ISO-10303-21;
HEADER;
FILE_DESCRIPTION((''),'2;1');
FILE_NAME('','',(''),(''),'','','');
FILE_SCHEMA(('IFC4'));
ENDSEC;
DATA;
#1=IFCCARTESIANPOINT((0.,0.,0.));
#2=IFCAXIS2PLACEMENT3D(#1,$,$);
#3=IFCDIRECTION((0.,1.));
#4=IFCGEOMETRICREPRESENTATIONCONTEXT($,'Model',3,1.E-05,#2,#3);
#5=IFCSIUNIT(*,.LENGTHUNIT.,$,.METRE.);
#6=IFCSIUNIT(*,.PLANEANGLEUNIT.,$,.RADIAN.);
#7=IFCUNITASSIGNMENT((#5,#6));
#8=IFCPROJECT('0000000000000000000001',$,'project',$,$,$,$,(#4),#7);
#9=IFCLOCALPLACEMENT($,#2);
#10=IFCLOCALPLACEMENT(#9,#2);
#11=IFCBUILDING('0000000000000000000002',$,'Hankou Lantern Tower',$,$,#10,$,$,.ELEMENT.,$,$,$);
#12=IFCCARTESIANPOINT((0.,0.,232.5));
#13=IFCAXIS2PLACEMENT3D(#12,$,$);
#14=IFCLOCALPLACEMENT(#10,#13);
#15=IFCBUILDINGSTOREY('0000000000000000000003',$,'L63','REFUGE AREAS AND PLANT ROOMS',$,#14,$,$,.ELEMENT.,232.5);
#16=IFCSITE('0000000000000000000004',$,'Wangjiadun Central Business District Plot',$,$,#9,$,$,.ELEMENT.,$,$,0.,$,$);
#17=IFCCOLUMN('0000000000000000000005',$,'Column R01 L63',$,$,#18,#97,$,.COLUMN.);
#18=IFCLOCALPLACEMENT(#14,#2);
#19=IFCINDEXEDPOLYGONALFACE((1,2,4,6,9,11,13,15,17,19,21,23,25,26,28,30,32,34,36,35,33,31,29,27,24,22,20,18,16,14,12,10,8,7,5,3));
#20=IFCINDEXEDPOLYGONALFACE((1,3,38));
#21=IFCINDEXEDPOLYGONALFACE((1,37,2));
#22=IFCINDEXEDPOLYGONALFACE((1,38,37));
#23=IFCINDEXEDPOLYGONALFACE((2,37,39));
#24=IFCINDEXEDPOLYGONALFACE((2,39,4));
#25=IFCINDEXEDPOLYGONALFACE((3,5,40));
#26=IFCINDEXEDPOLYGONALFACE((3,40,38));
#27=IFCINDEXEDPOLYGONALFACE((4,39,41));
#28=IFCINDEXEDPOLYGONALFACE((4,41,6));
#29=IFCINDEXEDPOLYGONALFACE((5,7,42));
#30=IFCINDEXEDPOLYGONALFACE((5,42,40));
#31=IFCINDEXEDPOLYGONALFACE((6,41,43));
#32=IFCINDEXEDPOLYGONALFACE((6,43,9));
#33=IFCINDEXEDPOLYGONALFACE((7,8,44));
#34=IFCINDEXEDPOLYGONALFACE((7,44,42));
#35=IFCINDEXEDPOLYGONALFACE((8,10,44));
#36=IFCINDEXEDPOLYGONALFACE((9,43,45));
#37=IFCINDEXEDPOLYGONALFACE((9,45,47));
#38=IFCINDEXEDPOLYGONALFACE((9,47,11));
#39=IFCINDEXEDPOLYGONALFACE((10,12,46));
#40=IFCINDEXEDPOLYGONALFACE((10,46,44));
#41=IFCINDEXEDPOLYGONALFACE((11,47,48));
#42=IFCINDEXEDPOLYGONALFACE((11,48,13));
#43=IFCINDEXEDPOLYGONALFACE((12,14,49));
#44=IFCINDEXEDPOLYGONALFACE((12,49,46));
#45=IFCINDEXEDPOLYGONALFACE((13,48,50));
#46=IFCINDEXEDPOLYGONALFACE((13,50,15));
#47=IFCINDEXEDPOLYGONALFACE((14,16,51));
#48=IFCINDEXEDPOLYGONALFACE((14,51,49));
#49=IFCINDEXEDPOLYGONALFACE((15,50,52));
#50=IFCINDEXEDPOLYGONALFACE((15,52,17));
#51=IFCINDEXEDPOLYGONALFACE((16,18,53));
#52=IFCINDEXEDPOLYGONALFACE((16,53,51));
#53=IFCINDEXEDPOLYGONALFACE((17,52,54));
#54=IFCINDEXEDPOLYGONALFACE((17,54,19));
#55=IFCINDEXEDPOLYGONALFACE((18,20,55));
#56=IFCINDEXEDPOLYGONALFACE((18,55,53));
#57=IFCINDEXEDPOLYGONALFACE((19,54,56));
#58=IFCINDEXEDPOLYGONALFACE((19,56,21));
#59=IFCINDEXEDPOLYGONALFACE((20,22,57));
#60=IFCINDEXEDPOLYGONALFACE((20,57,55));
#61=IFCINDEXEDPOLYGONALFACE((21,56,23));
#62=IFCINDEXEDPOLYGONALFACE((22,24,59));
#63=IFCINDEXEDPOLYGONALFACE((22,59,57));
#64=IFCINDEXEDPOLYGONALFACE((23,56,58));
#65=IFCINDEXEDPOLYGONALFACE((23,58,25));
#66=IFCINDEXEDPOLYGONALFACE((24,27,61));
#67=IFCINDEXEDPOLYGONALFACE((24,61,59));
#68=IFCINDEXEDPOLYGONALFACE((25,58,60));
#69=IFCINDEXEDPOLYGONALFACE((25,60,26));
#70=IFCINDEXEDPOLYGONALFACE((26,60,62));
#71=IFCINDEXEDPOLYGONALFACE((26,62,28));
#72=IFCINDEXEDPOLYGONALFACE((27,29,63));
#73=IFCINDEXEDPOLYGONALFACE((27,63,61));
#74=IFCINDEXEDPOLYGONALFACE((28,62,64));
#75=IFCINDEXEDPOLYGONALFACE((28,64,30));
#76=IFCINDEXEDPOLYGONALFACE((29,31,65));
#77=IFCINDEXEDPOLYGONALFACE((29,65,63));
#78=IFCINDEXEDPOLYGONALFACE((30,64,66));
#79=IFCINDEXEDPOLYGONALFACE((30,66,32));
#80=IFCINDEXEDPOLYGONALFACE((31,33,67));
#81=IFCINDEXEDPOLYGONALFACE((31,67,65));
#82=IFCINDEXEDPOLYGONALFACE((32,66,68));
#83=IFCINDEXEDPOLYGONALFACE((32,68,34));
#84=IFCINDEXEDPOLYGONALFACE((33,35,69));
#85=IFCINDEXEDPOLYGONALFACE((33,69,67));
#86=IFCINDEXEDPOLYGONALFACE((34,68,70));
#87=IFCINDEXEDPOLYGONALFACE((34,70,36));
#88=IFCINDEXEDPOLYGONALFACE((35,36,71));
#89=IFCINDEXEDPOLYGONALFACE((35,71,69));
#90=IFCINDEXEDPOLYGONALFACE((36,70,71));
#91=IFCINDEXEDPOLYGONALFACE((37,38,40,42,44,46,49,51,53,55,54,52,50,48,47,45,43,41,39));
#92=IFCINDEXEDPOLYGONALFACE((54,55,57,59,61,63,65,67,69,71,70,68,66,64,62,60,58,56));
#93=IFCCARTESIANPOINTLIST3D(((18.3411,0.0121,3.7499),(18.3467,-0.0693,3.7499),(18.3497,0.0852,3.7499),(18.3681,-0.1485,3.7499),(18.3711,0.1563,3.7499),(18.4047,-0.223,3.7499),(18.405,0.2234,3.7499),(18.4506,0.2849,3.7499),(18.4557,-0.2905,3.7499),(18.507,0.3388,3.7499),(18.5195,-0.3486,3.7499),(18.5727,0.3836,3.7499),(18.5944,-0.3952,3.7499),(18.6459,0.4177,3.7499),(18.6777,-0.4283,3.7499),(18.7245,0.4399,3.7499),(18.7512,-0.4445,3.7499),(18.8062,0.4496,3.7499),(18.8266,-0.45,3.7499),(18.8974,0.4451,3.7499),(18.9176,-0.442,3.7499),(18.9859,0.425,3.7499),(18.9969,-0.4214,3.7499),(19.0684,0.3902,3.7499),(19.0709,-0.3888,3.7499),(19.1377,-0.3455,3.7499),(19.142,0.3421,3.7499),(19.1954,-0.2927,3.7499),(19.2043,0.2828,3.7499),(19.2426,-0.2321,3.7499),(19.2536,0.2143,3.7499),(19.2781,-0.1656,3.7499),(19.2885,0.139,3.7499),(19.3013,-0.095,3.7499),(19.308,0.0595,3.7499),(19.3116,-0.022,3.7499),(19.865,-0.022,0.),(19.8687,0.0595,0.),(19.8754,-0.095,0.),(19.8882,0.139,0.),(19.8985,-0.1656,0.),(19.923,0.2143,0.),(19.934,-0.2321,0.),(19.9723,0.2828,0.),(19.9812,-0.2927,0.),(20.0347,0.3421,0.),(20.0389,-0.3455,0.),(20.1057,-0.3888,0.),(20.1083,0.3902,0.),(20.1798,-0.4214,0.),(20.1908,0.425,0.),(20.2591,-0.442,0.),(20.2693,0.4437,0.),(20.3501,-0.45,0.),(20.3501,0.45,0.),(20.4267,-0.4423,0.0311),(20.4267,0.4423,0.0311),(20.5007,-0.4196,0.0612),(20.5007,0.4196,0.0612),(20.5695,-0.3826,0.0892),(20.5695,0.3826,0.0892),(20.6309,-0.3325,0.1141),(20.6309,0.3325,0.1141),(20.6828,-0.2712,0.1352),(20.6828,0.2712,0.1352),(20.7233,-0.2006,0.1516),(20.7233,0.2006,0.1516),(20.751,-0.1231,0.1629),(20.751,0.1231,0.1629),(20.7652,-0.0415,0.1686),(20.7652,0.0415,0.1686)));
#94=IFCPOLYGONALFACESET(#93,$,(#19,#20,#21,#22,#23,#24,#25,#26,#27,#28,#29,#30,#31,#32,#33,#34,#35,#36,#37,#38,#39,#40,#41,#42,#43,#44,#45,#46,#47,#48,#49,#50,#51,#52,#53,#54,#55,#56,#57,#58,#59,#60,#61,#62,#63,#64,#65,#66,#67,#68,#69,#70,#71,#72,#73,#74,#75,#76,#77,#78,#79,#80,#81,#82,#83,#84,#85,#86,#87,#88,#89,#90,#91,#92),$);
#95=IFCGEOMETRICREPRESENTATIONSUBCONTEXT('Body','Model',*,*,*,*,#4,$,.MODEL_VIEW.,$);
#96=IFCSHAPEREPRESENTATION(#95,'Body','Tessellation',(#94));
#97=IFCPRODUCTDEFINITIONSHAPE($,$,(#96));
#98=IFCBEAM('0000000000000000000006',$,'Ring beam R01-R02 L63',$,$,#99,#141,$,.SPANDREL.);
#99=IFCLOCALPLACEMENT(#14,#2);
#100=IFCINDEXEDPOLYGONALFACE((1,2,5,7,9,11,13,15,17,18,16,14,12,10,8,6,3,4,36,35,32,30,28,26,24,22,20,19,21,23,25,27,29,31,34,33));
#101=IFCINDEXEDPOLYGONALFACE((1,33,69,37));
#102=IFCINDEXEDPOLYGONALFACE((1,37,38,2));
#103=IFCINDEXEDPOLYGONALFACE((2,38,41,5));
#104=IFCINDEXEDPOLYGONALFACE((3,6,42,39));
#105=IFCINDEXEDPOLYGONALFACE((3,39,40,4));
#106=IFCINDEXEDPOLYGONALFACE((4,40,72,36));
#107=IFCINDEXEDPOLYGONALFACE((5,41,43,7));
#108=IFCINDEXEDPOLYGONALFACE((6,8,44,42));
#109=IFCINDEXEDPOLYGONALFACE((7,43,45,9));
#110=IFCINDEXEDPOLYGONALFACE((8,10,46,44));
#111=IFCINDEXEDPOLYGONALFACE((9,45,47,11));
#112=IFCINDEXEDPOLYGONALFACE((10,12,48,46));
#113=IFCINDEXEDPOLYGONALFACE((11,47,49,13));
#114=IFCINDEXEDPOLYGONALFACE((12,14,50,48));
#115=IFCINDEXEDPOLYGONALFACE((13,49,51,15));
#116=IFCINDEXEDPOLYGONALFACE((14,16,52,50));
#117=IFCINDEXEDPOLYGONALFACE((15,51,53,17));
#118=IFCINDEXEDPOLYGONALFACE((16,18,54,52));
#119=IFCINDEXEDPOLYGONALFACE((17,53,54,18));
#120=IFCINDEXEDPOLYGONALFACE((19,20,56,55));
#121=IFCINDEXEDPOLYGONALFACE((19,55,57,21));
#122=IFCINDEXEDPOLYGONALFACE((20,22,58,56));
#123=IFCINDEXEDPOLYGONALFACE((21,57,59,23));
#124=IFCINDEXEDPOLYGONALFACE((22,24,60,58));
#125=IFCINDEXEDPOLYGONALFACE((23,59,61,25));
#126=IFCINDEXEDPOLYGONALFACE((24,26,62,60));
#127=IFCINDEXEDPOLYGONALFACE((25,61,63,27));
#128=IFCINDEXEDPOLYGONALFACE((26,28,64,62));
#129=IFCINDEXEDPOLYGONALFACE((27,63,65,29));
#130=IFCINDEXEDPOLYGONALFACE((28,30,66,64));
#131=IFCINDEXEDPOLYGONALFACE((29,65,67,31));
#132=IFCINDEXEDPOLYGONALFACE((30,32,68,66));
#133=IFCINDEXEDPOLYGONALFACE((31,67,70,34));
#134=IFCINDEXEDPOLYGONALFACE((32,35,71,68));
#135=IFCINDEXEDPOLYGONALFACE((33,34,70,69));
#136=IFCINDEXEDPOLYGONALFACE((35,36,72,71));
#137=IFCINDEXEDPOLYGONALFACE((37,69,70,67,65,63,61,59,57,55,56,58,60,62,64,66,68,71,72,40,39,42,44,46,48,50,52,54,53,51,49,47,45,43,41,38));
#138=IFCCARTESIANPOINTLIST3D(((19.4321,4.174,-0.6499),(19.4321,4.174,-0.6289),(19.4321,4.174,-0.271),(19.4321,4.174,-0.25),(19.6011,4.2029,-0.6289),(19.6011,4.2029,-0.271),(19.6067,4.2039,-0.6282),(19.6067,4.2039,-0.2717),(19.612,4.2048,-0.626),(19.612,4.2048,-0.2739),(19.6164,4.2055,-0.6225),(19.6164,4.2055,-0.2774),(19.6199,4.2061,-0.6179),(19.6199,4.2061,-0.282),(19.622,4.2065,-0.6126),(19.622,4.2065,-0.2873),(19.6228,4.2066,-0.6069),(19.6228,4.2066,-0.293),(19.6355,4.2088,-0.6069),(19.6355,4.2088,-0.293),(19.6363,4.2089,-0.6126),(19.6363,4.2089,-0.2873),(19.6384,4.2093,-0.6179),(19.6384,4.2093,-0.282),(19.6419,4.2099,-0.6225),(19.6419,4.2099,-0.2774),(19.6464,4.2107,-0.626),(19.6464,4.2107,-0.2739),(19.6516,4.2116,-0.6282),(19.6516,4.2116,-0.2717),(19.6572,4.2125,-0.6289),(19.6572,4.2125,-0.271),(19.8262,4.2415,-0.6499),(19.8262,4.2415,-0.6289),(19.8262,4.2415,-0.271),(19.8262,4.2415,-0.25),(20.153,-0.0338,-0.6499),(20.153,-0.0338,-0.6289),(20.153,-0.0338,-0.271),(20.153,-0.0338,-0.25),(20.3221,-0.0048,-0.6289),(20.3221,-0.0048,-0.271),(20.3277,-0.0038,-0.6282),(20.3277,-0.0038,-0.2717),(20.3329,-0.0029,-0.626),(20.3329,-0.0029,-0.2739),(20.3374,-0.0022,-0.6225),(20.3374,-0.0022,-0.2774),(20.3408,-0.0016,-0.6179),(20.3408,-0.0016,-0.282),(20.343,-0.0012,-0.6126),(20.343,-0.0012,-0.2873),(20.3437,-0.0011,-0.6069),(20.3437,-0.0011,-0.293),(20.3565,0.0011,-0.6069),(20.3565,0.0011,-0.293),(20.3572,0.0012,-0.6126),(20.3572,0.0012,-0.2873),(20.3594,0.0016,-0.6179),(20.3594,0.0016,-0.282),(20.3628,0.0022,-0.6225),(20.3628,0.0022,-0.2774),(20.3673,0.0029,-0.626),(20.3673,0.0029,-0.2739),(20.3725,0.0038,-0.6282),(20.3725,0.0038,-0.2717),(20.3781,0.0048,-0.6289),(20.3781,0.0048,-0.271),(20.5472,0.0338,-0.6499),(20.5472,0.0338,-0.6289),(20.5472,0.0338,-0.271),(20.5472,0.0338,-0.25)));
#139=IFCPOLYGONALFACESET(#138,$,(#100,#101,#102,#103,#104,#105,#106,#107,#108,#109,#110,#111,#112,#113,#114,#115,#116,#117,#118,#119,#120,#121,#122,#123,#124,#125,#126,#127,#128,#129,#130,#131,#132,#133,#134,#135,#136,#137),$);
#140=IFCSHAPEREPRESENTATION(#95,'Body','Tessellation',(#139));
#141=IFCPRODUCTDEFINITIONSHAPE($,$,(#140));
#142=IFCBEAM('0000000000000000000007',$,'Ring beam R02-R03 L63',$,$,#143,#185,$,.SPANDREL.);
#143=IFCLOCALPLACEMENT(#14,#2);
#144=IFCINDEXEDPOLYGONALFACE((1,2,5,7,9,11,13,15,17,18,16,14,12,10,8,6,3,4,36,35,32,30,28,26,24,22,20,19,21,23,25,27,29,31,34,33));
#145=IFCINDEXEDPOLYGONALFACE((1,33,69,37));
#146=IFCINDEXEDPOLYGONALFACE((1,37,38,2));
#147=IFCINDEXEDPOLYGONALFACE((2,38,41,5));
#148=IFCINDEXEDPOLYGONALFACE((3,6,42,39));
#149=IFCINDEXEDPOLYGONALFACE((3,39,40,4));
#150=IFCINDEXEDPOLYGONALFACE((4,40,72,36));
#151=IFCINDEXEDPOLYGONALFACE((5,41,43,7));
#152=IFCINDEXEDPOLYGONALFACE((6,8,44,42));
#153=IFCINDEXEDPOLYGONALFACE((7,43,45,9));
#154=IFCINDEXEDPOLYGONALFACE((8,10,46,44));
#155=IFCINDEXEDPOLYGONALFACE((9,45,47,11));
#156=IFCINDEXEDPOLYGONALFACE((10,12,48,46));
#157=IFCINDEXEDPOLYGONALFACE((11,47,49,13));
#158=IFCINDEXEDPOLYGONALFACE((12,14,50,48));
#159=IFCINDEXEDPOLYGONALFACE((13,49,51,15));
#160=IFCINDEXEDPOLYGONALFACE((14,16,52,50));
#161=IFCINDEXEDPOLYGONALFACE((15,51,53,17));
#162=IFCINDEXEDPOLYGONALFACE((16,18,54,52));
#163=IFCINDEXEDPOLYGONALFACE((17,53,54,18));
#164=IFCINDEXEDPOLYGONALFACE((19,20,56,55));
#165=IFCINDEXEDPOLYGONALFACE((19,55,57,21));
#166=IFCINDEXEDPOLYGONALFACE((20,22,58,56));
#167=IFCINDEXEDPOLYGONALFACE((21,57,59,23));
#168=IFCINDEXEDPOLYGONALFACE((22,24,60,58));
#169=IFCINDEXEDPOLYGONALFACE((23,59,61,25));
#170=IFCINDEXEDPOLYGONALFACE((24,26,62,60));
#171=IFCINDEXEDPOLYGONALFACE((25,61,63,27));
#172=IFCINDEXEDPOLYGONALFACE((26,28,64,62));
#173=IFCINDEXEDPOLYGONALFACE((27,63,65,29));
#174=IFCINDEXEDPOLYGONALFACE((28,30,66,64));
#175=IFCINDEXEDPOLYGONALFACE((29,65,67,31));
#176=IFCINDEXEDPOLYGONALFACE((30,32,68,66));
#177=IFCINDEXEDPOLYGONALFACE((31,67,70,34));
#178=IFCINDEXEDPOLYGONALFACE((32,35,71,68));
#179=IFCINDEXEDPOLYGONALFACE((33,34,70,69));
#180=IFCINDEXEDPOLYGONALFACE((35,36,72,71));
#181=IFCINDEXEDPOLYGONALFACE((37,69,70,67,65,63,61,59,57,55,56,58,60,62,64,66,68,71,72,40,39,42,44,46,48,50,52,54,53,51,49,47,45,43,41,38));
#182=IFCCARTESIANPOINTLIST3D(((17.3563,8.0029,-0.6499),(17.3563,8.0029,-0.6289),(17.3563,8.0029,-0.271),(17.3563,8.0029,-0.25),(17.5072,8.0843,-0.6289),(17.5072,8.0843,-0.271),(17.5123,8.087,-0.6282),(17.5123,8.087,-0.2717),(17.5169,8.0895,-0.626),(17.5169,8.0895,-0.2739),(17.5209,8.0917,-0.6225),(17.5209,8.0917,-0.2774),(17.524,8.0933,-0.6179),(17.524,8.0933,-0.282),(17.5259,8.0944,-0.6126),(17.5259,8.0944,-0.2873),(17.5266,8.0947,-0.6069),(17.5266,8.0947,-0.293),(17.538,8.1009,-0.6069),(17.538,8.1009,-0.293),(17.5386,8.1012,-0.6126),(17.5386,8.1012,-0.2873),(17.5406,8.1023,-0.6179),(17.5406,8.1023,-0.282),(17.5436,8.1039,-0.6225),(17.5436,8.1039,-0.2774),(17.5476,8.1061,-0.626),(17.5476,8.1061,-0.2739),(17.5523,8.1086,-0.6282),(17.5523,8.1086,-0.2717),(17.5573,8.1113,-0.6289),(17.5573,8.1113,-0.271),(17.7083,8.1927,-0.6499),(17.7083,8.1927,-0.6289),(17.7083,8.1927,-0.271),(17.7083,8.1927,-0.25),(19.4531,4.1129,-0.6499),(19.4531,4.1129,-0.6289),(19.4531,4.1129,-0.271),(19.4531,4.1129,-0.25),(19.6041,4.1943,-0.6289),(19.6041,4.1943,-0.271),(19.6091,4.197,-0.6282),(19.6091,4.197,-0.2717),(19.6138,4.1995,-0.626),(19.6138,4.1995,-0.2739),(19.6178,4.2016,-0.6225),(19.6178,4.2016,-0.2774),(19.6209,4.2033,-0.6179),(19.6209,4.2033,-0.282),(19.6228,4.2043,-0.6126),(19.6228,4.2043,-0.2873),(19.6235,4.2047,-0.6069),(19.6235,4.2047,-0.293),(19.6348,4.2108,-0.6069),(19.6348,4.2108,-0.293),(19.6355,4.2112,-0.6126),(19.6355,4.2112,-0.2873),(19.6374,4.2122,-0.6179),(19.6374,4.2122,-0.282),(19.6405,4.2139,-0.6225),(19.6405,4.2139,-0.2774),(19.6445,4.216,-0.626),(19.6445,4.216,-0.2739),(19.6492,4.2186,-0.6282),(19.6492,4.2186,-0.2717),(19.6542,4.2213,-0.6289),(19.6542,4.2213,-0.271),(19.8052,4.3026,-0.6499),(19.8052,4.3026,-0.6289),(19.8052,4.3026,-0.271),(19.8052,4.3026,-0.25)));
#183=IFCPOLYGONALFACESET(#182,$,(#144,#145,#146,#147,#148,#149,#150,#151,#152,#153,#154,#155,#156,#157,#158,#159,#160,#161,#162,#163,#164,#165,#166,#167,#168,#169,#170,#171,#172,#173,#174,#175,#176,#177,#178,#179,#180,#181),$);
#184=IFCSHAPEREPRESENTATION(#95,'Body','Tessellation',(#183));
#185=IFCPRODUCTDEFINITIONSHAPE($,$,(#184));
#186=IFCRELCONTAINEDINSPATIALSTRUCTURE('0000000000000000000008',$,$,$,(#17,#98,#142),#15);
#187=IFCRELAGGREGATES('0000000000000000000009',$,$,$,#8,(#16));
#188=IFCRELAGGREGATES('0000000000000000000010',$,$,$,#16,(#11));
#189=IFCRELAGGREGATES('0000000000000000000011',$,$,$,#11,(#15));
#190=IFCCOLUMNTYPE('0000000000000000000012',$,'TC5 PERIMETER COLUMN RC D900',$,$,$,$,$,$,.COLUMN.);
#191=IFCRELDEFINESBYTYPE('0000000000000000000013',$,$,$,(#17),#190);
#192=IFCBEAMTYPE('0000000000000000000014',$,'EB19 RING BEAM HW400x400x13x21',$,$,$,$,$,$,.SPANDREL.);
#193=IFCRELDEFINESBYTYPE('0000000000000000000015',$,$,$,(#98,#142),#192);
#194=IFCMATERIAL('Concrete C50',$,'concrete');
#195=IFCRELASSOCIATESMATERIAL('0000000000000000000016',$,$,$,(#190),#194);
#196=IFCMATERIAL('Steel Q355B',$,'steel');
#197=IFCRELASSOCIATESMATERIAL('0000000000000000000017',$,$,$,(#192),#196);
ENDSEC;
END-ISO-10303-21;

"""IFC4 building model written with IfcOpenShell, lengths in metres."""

from ifc_helpers import new_model, si_unit, direction, frame, origin, origin_2d, place, context, subcontext, project, spatial, circle, i_section, extrude, clip, halfspace, material, material_profile, profile_set, type_object, element, save


model = new_model("IFC4")

# Units and contexts
model_context = context("Model", 3, precision=1e-05, world=origin(), true_north=direction((0.0, 1.0)))
body_context = subcontext(model_context, "Body", "Model", "MODEL_VIEW")
ifc_project = project(units=[si_unit("LENGTHUNIT", "METRE"), si_unit("PLANEANGLEUNIT", "RADIAN")], contexts=[model_context])

# Site, building, storey
site_placement = place(None, origin())
site = spatial("IfcSite", under=ifc_project, at=site_placement, Name="Wangjiadun Central Business District Plot", CompositionType="ELEMENT", RefElevation=0.0)
building_placement = place(site_placement, origin())
building = spatial("IfcBuilding", under=site, at=building_placement, Name="Hankou Lantern Tower", CompositionType="ELEMENT")
storey_placement = place(building_placement, frame((0.0, 0.0, 232.5)))
storey = spatial("IfcBuildingStorey", under=building, at=storey_placement, Name="L63", Description="REFUGE AREAS AND PLANT ROOMS", CompositionType="ELEMENT", Elevation=232.5)

# Column
ifc_material_1 = material(Name="Concrete C50", Category="concrete")
ifc_material_profile_1 = material_profile(ifc_material_1, circle(Radius=0.45, at=origin_2d()), Name="RC D900")
ifc_profile_set_1 = profile_set([ifc_material_profile_1], Name="Concrete C50")
column_type = type_object("IfcColumnType", Name="TC5 PERIMETER COLUMN RC D900", PredefinedType="COLUMN", material=ifc_profile_set_1)
column_1_placement = place(storey_placement, frame((20.3501, 0.0, 0.0), z_axis=(-0.376406, 0.0, 0.926455), x_axis=(0.0, -1.0, 0.0)))
element("IfcColumn", 1, at=column_1_placement, inside=storey, type_object=column_type, Name="Column R01 L63", PredefinedType="COLUMN", context=body_context, shape_type="Clipping", body=[
    clip(clip(extrude(circle(Radius=0.45, at=origin_2d()), origin(), (0.0, 0.0, 1.0), 5.1812), halfspace(frame((0.0, 0.0, 0.0), z_axis=(0.0, -0.376406, -0.926455), x_axis=(0.0, 0.926455, -0.376406)), False)), halfspace(frame((0.0, 0.0, 4.0476), z_axis=(0.0, 0.376406, 0.926455), x_axis=(0.0, 0.926455, -0.376406)), False)),
])

# Beams
ifc_material_2 = material(Name="Steel Q355B", Category="steel")
ifc_material_profile_2 = material_profile(ifc_material_2, i_section(OverallWidth=0.3999, OverallDepth=0.3999, WebThickness=0.0129, FlangeThickness=0.021, FilletRadius=0.022, at=origin_2d()), Name="HW400x400x13x21")
ifc_profile_set_2 = profile_set([ifc_material_profile_2], Name="Steel Q355B")
beam_type_1 = type_object("IfcBeamType", Name="EB19 RING BEAM HW400x400x13x21", PredefinedType="SPANDREL", material=ifc_profile_set_2)
beam_1_placement = place(storey_placement, frame((20.3501, 0.0, -0.45), z_axis=(-0.168877, 0.985637, 0.0), x_axis=(-0.985637, -0.168877, 0.0)))
element("IfcBeam", 2, at=beam_1_placement, inside=storey, type_object=beam_type_1, Name="Ring beam R01-R02 L63", PredefinedType="SPANDREL", context=body_context, shape_type="SweptSolid", body=[
    extrude(i_section(OverallWidth=0.3999, OverallDepth=0.3999, WebThickness=0.0129, FlangeThickness=0.021, FilletRadius=0.022, at=origin_2d()), origin(), (0.0, 0.0, 1.0), 4.269),
])
beam_2_placement = place(storey_placement, frame((19.6292, 4.2078, -0.45), z_axis=(-0.474492, 0.88026, 0.0), x_axis=(-0.88026, -0.474492, 0.0)))
element("IfcBeam", 3, at=beam_2_placement, inside=storey, type_object=beam_type_1, Name="Ring beam R02-R03 L63", PredefinedType="SPANDREL", context=body_context, shape_type="SweptSolid", body=[
    extrude(i_section(OverallWidth=0.3999, OverallDepth=0.3999, WebThickness=0.0129, FlangeThickness=0.021, FilletRadius=0.022, at=origin_2d()), origin(), (0.0, 0.0, 1.0), 4.4192),
])

save(model, "model.ifc")
